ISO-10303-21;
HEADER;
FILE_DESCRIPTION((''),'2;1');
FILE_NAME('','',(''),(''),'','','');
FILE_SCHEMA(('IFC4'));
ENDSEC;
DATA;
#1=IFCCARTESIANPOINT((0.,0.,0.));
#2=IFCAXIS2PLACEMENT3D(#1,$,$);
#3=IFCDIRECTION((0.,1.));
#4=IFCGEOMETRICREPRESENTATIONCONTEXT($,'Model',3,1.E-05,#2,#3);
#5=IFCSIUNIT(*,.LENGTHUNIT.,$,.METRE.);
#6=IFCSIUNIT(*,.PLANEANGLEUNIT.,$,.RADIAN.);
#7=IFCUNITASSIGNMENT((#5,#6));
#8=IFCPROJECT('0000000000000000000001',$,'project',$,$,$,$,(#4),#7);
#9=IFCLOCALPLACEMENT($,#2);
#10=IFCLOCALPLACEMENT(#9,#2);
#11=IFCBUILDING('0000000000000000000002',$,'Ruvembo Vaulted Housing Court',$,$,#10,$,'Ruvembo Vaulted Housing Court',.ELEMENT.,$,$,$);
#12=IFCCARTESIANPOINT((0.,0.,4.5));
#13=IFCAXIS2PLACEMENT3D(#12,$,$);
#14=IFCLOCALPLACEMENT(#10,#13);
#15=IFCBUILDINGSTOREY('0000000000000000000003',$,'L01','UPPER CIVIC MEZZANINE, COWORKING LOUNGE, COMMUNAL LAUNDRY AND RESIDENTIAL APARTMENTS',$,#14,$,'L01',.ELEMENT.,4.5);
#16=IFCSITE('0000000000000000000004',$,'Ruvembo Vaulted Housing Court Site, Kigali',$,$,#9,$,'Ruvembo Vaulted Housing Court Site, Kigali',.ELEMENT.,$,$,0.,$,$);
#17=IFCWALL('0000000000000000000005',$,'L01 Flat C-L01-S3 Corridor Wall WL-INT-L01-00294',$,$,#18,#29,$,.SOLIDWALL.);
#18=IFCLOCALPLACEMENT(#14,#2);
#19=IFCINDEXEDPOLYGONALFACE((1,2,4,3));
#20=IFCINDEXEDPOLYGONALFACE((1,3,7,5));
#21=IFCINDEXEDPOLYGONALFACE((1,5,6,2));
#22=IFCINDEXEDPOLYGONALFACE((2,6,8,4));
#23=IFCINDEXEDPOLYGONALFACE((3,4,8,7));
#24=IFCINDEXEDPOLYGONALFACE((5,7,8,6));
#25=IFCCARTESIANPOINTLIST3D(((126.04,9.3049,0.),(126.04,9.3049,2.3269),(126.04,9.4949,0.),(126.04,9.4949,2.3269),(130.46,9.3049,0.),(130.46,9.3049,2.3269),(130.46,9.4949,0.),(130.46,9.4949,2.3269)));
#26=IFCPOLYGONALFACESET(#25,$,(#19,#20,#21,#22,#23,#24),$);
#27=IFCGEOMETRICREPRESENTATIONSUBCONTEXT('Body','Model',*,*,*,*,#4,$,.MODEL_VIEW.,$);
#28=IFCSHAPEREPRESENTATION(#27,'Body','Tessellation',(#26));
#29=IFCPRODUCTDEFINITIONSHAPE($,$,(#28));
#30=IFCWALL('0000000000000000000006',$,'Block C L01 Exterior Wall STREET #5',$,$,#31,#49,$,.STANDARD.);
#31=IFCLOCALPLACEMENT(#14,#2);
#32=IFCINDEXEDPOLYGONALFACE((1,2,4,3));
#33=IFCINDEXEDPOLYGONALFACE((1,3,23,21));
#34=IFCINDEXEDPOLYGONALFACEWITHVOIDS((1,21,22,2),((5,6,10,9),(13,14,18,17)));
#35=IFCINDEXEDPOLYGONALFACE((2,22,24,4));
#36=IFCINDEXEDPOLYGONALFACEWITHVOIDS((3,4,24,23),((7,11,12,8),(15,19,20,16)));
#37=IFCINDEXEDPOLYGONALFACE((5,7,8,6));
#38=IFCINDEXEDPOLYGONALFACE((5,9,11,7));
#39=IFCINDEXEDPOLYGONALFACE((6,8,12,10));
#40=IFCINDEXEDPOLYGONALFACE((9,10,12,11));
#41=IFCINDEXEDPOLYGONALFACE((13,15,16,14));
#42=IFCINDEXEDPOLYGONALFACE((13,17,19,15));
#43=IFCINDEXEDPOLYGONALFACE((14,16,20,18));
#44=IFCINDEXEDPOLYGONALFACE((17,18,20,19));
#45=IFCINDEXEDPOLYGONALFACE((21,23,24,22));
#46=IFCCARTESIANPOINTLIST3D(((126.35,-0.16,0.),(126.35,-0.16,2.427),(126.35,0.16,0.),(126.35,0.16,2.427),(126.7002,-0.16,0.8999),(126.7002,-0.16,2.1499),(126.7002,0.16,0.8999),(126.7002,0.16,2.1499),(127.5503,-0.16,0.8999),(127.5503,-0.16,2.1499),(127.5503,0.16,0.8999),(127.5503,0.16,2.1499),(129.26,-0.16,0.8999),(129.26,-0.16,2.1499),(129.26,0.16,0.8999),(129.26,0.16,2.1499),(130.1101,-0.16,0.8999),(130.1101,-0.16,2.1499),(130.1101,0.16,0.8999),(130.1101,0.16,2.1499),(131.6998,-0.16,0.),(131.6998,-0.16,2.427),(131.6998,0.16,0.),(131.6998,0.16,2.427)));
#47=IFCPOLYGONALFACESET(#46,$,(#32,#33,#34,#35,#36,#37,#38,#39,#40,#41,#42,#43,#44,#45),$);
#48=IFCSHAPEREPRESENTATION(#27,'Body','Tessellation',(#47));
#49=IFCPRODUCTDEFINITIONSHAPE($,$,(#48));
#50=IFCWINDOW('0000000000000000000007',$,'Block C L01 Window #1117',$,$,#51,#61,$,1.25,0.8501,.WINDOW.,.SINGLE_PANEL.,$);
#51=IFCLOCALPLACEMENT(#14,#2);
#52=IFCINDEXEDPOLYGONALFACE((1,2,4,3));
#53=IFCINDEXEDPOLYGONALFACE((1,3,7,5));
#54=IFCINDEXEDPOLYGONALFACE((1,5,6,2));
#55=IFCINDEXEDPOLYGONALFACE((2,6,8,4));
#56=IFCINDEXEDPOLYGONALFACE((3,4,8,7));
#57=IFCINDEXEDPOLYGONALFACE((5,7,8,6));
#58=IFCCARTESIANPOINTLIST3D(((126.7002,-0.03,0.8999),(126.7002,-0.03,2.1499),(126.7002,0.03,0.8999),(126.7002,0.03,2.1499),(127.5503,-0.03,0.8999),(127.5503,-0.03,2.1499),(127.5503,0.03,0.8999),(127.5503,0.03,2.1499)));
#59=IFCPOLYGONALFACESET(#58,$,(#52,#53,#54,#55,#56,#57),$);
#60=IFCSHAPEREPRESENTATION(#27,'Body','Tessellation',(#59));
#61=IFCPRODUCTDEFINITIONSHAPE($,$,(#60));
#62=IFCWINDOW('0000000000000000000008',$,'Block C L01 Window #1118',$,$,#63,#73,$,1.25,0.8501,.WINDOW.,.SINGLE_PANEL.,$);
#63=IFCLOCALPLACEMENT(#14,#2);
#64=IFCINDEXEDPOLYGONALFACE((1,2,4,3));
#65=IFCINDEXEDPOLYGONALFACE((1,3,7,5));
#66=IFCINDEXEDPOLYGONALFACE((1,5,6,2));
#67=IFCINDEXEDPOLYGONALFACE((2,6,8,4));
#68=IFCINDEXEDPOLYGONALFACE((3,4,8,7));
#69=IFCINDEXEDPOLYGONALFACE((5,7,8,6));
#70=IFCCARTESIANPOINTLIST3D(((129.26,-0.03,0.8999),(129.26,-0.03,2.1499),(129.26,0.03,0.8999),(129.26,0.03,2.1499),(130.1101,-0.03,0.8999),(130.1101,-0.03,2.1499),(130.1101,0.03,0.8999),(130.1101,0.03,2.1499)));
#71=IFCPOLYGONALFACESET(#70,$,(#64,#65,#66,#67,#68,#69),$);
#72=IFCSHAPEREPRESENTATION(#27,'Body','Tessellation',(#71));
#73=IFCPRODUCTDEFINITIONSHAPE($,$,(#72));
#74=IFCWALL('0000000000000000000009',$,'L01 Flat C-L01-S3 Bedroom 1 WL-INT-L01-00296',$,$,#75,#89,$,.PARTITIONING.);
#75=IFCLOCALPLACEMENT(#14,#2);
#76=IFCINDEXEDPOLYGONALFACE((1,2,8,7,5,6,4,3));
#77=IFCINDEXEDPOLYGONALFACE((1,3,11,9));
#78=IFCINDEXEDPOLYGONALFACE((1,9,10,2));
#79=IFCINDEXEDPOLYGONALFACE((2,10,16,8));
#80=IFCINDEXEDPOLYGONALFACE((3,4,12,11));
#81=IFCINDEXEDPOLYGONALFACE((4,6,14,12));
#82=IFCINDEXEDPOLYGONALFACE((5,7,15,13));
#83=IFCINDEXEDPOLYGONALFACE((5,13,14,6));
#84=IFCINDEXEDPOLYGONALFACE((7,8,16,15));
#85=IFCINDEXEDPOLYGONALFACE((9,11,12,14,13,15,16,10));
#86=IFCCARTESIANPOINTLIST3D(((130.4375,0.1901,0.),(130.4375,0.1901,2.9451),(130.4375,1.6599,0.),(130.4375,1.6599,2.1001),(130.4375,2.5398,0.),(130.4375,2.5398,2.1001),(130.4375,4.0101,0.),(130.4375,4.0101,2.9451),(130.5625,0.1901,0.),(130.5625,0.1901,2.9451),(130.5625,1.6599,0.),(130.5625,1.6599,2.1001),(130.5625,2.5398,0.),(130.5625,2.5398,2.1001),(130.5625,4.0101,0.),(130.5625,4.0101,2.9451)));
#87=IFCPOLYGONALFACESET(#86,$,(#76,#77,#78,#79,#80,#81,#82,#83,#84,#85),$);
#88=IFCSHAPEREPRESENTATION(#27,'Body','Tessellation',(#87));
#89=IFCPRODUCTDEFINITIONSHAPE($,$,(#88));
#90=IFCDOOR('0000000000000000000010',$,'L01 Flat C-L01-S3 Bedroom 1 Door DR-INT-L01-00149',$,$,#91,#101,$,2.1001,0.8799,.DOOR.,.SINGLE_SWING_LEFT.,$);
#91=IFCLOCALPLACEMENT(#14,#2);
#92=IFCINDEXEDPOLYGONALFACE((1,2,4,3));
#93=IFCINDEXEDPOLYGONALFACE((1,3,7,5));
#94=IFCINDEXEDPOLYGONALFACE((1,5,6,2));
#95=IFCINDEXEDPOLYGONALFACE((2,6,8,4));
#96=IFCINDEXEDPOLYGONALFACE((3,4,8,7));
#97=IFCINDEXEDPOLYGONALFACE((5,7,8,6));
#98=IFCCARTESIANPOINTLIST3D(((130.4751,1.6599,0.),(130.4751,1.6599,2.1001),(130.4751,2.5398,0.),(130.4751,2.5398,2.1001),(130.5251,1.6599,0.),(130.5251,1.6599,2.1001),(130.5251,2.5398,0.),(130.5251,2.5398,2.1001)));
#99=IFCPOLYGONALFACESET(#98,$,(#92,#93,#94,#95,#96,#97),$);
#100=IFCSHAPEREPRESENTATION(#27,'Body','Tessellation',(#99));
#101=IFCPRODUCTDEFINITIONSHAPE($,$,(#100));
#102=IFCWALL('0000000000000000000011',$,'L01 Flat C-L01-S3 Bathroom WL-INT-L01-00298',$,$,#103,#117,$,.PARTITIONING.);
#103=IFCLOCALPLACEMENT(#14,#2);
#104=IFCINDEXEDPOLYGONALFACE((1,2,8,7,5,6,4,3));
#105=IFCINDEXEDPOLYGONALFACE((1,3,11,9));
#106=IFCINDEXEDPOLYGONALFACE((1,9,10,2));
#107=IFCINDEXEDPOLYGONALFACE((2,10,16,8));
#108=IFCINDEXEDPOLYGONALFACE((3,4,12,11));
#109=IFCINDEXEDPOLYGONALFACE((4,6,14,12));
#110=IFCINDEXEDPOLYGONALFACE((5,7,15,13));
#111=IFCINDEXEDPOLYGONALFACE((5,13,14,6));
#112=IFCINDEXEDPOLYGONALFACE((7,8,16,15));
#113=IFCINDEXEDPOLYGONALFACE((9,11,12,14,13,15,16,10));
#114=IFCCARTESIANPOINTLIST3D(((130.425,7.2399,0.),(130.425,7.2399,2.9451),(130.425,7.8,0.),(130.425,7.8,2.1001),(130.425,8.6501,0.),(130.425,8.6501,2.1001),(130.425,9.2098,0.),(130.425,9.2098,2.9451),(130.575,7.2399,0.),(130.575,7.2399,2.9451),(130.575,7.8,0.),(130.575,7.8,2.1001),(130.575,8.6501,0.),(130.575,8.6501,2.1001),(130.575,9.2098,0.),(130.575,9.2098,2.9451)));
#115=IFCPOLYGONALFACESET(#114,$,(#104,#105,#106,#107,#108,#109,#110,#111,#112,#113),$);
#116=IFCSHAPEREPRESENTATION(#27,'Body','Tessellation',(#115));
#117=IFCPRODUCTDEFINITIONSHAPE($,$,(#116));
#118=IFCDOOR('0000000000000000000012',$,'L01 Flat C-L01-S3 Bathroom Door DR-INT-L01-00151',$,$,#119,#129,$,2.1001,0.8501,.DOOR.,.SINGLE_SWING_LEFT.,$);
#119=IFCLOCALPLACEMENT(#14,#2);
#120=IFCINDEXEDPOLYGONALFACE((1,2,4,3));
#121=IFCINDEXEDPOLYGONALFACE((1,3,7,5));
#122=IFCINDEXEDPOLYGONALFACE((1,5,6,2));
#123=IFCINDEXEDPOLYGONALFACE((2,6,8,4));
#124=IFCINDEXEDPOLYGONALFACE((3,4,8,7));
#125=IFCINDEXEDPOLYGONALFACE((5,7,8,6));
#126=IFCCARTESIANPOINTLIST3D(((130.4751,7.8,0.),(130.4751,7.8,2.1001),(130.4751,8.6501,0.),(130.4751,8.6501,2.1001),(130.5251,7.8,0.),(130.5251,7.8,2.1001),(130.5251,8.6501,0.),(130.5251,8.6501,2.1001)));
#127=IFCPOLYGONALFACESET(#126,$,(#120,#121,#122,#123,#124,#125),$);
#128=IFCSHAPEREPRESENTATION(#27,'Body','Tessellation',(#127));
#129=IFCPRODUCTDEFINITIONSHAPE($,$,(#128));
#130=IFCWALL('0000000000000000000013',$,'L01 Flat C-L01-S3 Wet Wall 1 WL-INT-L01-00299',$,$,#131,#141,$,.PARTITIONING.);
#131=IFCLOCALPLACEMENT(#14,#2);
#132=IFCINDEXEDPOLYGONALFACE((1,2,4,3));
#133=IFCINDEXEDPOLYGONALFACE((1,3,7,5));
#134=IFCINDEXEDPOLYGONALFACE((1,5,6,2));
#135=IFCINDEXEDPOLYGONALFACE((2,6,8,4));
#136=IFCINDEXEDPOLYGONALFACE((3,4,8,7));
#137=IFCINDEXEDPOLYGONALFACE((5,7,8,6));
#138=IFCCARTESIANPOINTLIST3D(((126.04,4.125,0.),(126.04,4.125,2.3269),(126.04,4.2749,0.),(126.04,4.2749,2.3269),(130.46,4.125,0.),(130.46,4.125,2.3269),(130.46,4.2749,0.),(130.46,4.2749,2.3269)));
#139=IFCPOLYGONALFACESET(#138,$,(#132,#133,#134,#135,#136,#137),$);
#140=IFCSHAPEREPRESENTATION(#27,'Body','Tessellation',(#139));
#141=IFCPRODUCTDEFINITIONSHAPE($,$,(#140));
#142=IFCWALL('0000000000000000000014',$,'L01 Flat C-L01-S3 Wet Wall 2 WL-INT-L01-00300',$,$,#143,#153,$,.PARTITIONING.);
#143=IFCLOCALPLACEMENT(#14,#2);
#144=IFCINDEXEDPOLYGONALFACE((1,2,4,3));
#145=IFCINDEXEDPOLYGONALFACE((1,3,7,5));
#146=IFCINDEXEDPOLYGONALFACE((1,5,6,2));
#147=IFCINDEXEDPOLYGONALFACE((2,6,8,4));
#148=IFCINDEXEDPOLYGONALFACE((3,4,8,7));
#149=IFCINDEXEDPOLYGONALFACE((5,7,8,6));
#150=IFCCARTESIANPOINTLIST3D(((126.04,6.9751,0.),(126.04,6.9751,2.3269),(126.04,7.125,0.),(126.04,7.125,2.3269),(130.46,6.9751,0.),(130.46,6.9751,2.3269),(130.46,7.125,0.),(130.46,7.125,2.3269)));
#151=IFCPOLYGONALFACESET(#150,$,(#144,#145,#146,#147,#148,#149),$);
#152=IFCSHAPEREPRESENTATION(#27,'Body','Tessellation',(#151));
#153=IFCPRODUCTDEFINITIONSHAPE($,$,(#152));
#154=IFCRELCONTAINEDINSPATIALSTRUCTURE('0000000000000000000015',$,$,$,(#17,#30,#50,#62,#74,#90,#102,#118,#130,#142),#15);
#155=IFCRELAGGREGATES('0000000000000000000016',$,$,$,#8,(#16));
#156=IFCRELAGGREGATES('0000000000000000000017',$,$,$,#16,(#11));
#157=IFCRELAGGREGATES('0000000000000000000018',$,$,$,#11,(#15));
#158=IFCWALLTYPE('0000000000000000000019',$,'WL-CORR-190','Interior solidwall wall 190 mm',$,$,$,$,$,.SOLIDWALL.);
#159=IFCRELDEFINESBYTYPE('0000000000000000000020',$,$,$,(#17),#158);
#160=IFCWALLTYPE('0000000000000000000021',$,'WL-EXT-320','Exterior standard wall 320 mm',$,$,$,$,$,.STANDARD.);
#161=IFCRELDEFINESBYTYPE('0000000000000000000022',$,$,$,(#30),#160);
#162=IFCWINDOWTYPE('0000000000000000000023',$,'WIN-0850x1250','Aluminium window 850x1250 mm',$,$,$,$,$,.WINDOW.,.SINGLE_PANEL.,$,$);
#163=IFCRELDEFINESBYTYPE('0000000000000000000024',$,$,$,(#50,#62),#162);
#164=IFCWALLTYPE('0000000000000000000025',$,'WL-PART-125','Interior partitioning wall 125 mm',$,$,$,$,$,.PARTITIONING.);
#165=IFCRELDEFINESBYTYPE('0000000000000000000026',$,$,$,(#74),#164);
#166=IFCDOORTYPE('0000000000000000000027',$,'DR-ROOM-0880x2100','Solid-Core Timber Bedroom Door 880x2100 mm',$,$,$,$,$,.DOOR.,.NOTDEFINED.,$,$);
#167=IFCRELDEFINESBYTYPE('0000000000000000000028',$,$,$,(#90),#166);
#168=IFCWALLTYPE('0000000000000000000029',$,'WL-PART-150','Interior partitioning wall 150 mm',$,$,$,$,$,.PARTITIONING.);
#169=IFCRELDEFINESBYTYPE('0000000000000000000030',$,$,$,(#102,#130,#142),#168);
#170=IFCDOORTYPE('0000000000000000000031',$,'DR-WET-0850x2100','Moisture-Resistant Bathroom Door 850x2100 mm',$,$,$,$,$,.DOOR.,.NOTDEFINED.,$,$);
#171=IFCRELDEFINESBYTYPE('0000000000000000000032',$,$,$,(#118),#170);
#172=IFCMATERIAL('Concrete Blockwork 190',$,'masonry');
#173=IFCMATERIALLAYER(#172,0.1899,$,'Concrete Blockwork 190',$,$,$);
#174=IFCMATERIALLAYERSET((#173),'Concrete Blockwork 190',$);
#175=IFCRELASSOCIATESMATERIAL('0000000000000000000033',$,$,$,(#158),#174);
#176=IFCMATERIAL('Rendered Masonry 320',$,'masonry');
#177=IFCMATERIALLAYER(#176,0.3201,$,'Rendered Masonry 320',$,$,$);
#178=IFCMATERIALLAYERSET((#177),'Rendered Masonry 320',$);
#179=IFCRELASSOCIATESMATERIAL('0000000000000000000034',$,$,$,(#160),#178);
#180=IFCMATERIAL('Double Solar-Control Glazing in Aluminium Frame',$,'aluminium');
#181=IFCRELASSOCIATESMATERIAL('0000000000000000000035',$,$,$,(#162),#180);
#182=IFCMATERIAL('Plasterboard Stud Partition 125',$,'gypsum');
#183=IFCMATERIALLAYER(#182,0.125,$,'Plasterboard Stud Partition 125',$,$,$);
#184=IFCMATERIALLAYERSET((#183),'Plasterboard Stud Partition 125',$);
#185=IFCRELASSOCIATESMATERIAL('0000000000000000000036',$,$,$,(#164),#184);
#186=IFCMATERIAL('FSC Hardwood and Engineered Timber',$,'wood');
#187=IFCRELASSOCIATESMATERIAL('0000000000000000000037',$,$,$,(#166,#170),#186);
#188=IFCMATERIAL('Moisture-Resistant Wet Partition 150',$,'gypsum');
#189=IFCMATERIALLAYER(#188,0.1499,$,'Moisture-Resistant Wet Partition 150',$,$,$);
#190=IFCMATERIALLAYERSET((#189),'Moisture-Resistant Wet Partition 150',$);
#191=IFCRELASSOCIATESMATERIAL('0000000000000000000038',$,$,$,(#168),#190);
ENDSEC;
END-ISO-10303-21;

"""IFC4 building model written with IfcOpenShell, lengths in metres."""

from ifc_helpers import new_model, si_unit, direction, frame, frame_2d, origin, place, context, subcontext, project, spatial, rectangle, extrude, material, layer, layer_set, type_object, element, fill, save


model = new_model("IFC4")

# Units and contexts
model_context = context("Model", 3, precision=1e-05, world=origin(), true_north=direction((0.0, 1.0)))
body_context = subcontext(model_context, "Body", "Model", "MODEL_VIEW")
ifc_project = project(units=[si_unit("LENGTHUNIT", "METRE"), si_unit("PLANEANGLEUNIT", "RADIAN")], contexts=[model_context])

# Site, building, storey
site_placement = place(None, origin())
site = spatial("IfcSite", under=ifc_project, at=site_placement, Name="Ruvembo Vaulted Housing Court Site, Kigali", LongName="Ruvembo Vaulted Housing Court Site, Kigali", CompositionType="ELEMENT", RefElevation=0.0)
building_placement = place(site_placement, origin())
building = spatial("IfcBuilding", under=site, at=building_placement, Name="Ruvembo Vaulted Housing Court", LongName="Ruvembo Vaulted Housing Court", CompositionType="ELEMENT")
storey_placement = place(building_placement, frame((0.0, 0.0, 4.5)))
storey = spatial("IfcBuildingStorey", under=building, at=storey_placement, Name="L01", Description="UPPER CIVIC MEZZANINE, COWORKING LOUNGE, COMMUNAL LAUNDRY AND RESIDENTIAL APARTMENTS", LongName="L01", CompositionType="ELEMENT", Elevation=4.5)

# Wall
ifc_material_1 = material(Name="Concrete Blockwork 190", Category="masonry")
ifc_layer_1 = layer(ifc_material_1, 0.1899, Name="Concrete Blockwork 190")
ifc_layer_set_1 = layer_set([ifc_layer_1], Name="Concrete Blockwork 190")
wall_type_1 = type_object("IfcWallType", Name="WL-CORR-190", Description="Interior solidwall wall 190 mm", PredefinedType="SOLIDWALL", material=ifc_layer_set_1)
wall_1_placement = place(storey_placement, frame((126.04, 9.3999, 0.0), z_axis=(0.0, 0.0, 1.0), x_axis=(1.0, 0.0, 0.0)))
element("IfcWall", 1, at=wall_1_placement, inside=storey, type_object=wall_type_1, Name="L01 Flat C-L01-S3 Corridor Wall WL-INT-L01-00294", PredefinedType="SOLIDWALL", context=body_context, shape_type="SweptSolid", body=[
    extrude(rectangle(XDim=4.4199, YDim=0.1899, at=frame_2d((2.21, 0.0))), origin(), (0.0, 0.0, 1.0), 2.3269),
])

# Shared definitions
ifc_material_2 = material(Name="FSC Hardwood and Engineered Timber", Category="wood")

# Wall, openings, windows
ifc_material_3 = material(Name="Rendered Masonry 320", Category="masonry")
ifc_layer_2 = layer(ifc_material_3, 0.3201, Name="Rendered Masonry 320")
ifc_layer_set_2 = layer_set([ifc_layer_2], Name="Rendered Masonry 320")
wall_type_2 = type_object("IfcWallType", Name="WL-EXT-320", Description="Exterior standard wall 320 mm", PredefinedType="STANDARD", material=ifc_layer_set_2)
wall_2_placement = place(storey_placement, frame((126.3501, 0.0, 0.0), z_axis=(0.0, 0.0, 1.0), x_axis=(1.0, 0.0, 0.0)))
wall_2 = element("IfcWall", 2, at=wall_2_placement, inside=storey, type_object=wall_type_2, Name="Block C L01 Exterior Wall STREET #5", PredefinedType="STANDARD", context=body_context, shape_type="SweptSolid", body=[
    extrude(rectangle(XDim=5.3499, YDim=0.3201, at=frame_2d((2.6748, 0.0))), origin(), (0.0, 0.0, 1.0), 2.427),
])
opening_1_placement = place(wall_2_placement, frame((0.3501, 0.0, 0.8999)))
opening_1 = element("IfcOpeningElement", 3, at=opening_1_placement, cuts=wall_2, PredefinedType="OPENING", context=body_context, shape_type="SweptSolid", body=[
    extrude(rectangle(XDim=0.8501, YDim=1.25, at=frame_2d((0.425, 0.625))), frame((0.0, 0.1699, 0.0), z_axis=(0.0, -1.0, 0.0), x_axis=(1.0, 0.0, 0.0)), (0.0, 0.0, 1.0), 0.3401),
])
opening_2_placement = place(wall_2_placement, frame((2.9099, 0.0, 0.8999)))
opening_2 = element("IfcOpeningElement", 4, at=opening_2_placement, cuts=wall_2, PredefinedType="OPENING", context=body_context, shape_type="SweptSolid", body=[
    extrude(rectangle(XDim=0.8501, YDim=1.25, at=frame_2d((0.425, 0.625))), frame((0.0, 0.1699, 0.0), z_axis=(0.0, -1.0, 0.0), x_axis=(1.0, 0.0, 0.0)), (0.0, 0.0, 1.0), 0.3401),
])
ifc_material_4 = material(Name="Double Solar-Control Glazing in Aluminium Frame", Category="aluminium")
window_type = type_object("IfcWindowType", Name="WIN-0850x1250", Description="Aluminium window 850x1250 mm", PartitioningType="SINGLE_PANEL", PredefinedType="WINDOW", material=ifc_material_4)
window_1_placement = place(opening_1_placement, origin())
window_1 = element("IfcWindow", 5, at=window_1_placement, inside=storey, type_object=window_type, Name="Block C L01 Window #1117", OverallHeight=1.25, OverallWidth=0.8501, PartitioningType="SINGLE_PANEL", PredefinedType="WINDOW", context=body_context, shape_type="SweptSolid", body=[
    extrude(rectangle(XDim=0.8501, YDim=1.25, at=frame_2d((0.425, 0.625))), frame((0.0, 0.03, 0.0), z_axis=(0.0, -1.0, 0.0), x_axis=(1.0, 0.0, 0.0)), (0.0, 0.0, 1.0), 0.0601),
])
fill(opening_1, window_1)
window_2_placement = place(opening_2_placement, origin())
window_2 = element("IfcWindow", 6, at=window_2_placement, inside=storey, type_object=window_type, Name="Block C L01 Window #1118", OverallHeight=1.25, OverallWidth=0.8501, PartitioningType="SINGLE_PANEL", PredefinedType="WINDOW", context=body_context, shape_type="SweptSolid", body=[
    extrude(rectangle(XDim=0.8501, YDim=1.25, at=frame_2d((0.425, 0.625))), frame((0.0, 0.03, 0.0), z_axis=(0.0, -1.0, 0.0), x_axis=(1.0, 0.0, 0.0)), (0.0, 0.0, 1.0), 0.0601),
])
fill(opening_2, window_2)

# Walls, openings, doors
ifc_material_5 = material(Name="Plasterboard Stud Partition 125", Category="gypsum")
ifc_layer_3 = layer(ifc_material_5, 0.125, Name="Plasterboard Stud Partition 125")
ifc_layer_set_3 = layer_set([ifc_layer_3], Name="Plasterboard Stud Partition 125")
wall_type_3 = type_object("IfcWallType", Name="WL-PART-125", Description="Interior partitioning wall 125 mm", PredefinedType="PARTITIONING", material=ifc_layer_set_3)
wall_3_placement = place(storey_placement, frame((130.5, 0.1899, 0.0), z_axis=(0.0, 0.0, 1.0), x_axis=(0.0, 1.0, 0.0)))
wall_3 = element("IfcWall", 7, at=wall_3_placement, inside=storey, type_object=wall_type_3, Name="L01 Flat C-L01-S3 Bedroom 1 WL-INT-L01-00296", PredefinedType="PARTITIONING", context=body_context, shape_type="SweptSolid", body=[
    extrude(rectangle(XDim=3.8201, YDim=0.125, at=frame_2d((1.9102, 0.0))), origin(), (0.0, 0.0, 1.0), 2.9451),
])
opening_3_placement = place(wall_3_placement, frame((1.47, 0.0, 0.0)))
opening_3 = element("IfcOpeningElement", 8, at=opening_3_placement, cuts=wall_3, PredefinedType="OPENING", context=body_context, shape_type="SweptSolid", body=[
    extrude(rectangle(XDim=0.8799, YDim=2.1001, at=frame_2d((0.4399, 1.05))), frame((0.0, 0.0725, 0.0), z_axis=(0.0, -1.0, 0.0), x_axis=(1.0, 0.0, 0.0)), (0.0, 0.0, 1.0), 0.145),
])
door_type_1 = type_object("IfcDoorType", Name="DR-ROOM-0880x2100", Description="Solid-Core Timber Bedroom Door 880x2100 mm", OperationType="NOTDEFINED", PredefinedType="DOOR", material=ifc_material_2)
door_1_placement = place(opening_3_placement, origin())
door_1 = element("IfcDoor", 9, at=door_1_placement, inside=storey, type_object=door_type_1, Name="L01 Flat C-L01-S3 Bedroom 1 Door DR-INT-L01-00149", OperationType="SINGLE_SWING_LEFT", OverallHeight=2.1001, OverallWidth=0.8799, PredefinedType="DOOR", context=body_context, shape_type="SweptSolid", body=[
    extrude(rectangle(XDim=0.8799, YDim=2.1001, at=frame_2d((0.4399, 1.05))), frame((0.0, 0.0249, 0.0), z_axis=(0.0, -1.0, 0.0), x_axis=(1.0, 0.0, 0.0)), (0.0, 0.0, 1.0), 0.05),
])
fill(opening_3, door_1)
ifc_material_6 = material(Name="Moisture-Resistant Wet Partition 150", Category="gypsum")
ifc_layer_4 = layer(ifc_material_6, 0.1499, Name="Moisture-Resistant Wet Partition 150")
ifc_layer_set_4 = layer_set([ifc_layer_4], Name="Moisture-Resistant Wet Partition 150")
wall_type_4 = type_object("IfcWallType", Name="WL-PART-150", Description="Interior partitioning wall 150 mm", PredefinedType="PARTITIONING", material=ifc_layer_set_4)
wall_4_placement = place(storey_placement, frame((130.5, 7.24, 0.0), z_axis=(0.0, 0.0, 1.0), x_axis=(0.0, 1.0, 0.0)))
wall_4 = element("IfcWall", 10, at=wall_4_placement, inside=storey, type_object=wall_type_4, Name="L01 Flat C-L01-S3 Bathroom WL-INT-L01-00298", PredefinedType="PARTITIONING", context=body_context, shape_type="SweptSolid", body=[
    extrude(rectangle(XDim=1.97, YDim=0.1499, at=frame_2d((0.9849, 0.0))), origin(), (0.0, 0.0, 1.0), 2.9451),
])
opening_4_placement = place(wall_4_placement, frame((0.5601, 0.0, 0.0)))
opening_4 = element("IfcOpeningElement", 11, at=opening_4_placement, cuts=wall_4, PredefinedType="OPENING", context=body_context, shape_type="SweptSolid", body=[
    extrude(rectangle(XDim=0.8501, YDim=2.1001, at=frame_2d((0.425, 1.05))), frame((0.0, 0.085, 0.0), z_axis=(0.0, -1.0, 0.0), x_axis=(1.0, 0.0, 0.0)), (0.0, 0.0, 1.0), 0.1699),
])
door_type_2 = type_object("IfcDoorType", Name="DR-WET-0850x2100", Description="Moisture-Resistant Bathroom Door 850x2100 mm", OperationType="NOTDEFINED", PredefinedType="DOOR", material=ifc_material_2)
door_2_placement = place(opening_4_placement, origin())
door_2 = element("IfcDoor", 12, at=door_2_placement, inside=storey, type_object=door_type_2, Name="L01 Flat C-L01-S3 Bathroom Door DR-INT-L01-00151", OperationType="SINGLE_SWING_LEFT", OverallHeight=2.1001, OverallWidth=0.8501, PredefinedType="DOOR", context=body_context, shape_type="SweptSolid", body=[
    extrude(rectangle(XDim=0.8501, YDim=2.1001, at=frame_2d((0.425, 1.05))), frame((0.0, 0.0249, 0.0), z_axis=(0.0, -1.0, 0.0), x_axis=(1.0, 0.0, 0.0)), (0.0, 0.0, 1.0), 0.05),
])
fill(opening_4, door_2)

# Walls
for number, where, z_axis, x_axis, name in (
    (13, (126.04, 4.2, 0.0), (0.0, 0.0, 1.0), (1.0, 0.0, 0.0), "L01 Flat C-L01-S3 Wet Wall 1 WL-INT-L01-00299"),
    (14, (126.04, 7.05, 0.0), (0.0, 0.0, 1.0), (1.0, 0.0, 0.0), "L01 Flat C-L01-S3 Wet Wall 2 WL-INT-L01-00300"),
):
    element("IfcWall", number, at=place(storey_placement, frame(where, z_axis=z_axis, x_axis=x_axis)), inside=storey, type_object=wall_type_4, Name=name, PredefinedType="PARTITIONING", context=body_context, shape_type="SweptSolid", body=[
        extrude(rectangle(XDim=4.4199, YDim=0.1499, at=frame_2d((2.21, 0.0))), origin(), (0.0, 0.0, 1.0), 2.3269),
    ])

save(model, "model.ifc")
